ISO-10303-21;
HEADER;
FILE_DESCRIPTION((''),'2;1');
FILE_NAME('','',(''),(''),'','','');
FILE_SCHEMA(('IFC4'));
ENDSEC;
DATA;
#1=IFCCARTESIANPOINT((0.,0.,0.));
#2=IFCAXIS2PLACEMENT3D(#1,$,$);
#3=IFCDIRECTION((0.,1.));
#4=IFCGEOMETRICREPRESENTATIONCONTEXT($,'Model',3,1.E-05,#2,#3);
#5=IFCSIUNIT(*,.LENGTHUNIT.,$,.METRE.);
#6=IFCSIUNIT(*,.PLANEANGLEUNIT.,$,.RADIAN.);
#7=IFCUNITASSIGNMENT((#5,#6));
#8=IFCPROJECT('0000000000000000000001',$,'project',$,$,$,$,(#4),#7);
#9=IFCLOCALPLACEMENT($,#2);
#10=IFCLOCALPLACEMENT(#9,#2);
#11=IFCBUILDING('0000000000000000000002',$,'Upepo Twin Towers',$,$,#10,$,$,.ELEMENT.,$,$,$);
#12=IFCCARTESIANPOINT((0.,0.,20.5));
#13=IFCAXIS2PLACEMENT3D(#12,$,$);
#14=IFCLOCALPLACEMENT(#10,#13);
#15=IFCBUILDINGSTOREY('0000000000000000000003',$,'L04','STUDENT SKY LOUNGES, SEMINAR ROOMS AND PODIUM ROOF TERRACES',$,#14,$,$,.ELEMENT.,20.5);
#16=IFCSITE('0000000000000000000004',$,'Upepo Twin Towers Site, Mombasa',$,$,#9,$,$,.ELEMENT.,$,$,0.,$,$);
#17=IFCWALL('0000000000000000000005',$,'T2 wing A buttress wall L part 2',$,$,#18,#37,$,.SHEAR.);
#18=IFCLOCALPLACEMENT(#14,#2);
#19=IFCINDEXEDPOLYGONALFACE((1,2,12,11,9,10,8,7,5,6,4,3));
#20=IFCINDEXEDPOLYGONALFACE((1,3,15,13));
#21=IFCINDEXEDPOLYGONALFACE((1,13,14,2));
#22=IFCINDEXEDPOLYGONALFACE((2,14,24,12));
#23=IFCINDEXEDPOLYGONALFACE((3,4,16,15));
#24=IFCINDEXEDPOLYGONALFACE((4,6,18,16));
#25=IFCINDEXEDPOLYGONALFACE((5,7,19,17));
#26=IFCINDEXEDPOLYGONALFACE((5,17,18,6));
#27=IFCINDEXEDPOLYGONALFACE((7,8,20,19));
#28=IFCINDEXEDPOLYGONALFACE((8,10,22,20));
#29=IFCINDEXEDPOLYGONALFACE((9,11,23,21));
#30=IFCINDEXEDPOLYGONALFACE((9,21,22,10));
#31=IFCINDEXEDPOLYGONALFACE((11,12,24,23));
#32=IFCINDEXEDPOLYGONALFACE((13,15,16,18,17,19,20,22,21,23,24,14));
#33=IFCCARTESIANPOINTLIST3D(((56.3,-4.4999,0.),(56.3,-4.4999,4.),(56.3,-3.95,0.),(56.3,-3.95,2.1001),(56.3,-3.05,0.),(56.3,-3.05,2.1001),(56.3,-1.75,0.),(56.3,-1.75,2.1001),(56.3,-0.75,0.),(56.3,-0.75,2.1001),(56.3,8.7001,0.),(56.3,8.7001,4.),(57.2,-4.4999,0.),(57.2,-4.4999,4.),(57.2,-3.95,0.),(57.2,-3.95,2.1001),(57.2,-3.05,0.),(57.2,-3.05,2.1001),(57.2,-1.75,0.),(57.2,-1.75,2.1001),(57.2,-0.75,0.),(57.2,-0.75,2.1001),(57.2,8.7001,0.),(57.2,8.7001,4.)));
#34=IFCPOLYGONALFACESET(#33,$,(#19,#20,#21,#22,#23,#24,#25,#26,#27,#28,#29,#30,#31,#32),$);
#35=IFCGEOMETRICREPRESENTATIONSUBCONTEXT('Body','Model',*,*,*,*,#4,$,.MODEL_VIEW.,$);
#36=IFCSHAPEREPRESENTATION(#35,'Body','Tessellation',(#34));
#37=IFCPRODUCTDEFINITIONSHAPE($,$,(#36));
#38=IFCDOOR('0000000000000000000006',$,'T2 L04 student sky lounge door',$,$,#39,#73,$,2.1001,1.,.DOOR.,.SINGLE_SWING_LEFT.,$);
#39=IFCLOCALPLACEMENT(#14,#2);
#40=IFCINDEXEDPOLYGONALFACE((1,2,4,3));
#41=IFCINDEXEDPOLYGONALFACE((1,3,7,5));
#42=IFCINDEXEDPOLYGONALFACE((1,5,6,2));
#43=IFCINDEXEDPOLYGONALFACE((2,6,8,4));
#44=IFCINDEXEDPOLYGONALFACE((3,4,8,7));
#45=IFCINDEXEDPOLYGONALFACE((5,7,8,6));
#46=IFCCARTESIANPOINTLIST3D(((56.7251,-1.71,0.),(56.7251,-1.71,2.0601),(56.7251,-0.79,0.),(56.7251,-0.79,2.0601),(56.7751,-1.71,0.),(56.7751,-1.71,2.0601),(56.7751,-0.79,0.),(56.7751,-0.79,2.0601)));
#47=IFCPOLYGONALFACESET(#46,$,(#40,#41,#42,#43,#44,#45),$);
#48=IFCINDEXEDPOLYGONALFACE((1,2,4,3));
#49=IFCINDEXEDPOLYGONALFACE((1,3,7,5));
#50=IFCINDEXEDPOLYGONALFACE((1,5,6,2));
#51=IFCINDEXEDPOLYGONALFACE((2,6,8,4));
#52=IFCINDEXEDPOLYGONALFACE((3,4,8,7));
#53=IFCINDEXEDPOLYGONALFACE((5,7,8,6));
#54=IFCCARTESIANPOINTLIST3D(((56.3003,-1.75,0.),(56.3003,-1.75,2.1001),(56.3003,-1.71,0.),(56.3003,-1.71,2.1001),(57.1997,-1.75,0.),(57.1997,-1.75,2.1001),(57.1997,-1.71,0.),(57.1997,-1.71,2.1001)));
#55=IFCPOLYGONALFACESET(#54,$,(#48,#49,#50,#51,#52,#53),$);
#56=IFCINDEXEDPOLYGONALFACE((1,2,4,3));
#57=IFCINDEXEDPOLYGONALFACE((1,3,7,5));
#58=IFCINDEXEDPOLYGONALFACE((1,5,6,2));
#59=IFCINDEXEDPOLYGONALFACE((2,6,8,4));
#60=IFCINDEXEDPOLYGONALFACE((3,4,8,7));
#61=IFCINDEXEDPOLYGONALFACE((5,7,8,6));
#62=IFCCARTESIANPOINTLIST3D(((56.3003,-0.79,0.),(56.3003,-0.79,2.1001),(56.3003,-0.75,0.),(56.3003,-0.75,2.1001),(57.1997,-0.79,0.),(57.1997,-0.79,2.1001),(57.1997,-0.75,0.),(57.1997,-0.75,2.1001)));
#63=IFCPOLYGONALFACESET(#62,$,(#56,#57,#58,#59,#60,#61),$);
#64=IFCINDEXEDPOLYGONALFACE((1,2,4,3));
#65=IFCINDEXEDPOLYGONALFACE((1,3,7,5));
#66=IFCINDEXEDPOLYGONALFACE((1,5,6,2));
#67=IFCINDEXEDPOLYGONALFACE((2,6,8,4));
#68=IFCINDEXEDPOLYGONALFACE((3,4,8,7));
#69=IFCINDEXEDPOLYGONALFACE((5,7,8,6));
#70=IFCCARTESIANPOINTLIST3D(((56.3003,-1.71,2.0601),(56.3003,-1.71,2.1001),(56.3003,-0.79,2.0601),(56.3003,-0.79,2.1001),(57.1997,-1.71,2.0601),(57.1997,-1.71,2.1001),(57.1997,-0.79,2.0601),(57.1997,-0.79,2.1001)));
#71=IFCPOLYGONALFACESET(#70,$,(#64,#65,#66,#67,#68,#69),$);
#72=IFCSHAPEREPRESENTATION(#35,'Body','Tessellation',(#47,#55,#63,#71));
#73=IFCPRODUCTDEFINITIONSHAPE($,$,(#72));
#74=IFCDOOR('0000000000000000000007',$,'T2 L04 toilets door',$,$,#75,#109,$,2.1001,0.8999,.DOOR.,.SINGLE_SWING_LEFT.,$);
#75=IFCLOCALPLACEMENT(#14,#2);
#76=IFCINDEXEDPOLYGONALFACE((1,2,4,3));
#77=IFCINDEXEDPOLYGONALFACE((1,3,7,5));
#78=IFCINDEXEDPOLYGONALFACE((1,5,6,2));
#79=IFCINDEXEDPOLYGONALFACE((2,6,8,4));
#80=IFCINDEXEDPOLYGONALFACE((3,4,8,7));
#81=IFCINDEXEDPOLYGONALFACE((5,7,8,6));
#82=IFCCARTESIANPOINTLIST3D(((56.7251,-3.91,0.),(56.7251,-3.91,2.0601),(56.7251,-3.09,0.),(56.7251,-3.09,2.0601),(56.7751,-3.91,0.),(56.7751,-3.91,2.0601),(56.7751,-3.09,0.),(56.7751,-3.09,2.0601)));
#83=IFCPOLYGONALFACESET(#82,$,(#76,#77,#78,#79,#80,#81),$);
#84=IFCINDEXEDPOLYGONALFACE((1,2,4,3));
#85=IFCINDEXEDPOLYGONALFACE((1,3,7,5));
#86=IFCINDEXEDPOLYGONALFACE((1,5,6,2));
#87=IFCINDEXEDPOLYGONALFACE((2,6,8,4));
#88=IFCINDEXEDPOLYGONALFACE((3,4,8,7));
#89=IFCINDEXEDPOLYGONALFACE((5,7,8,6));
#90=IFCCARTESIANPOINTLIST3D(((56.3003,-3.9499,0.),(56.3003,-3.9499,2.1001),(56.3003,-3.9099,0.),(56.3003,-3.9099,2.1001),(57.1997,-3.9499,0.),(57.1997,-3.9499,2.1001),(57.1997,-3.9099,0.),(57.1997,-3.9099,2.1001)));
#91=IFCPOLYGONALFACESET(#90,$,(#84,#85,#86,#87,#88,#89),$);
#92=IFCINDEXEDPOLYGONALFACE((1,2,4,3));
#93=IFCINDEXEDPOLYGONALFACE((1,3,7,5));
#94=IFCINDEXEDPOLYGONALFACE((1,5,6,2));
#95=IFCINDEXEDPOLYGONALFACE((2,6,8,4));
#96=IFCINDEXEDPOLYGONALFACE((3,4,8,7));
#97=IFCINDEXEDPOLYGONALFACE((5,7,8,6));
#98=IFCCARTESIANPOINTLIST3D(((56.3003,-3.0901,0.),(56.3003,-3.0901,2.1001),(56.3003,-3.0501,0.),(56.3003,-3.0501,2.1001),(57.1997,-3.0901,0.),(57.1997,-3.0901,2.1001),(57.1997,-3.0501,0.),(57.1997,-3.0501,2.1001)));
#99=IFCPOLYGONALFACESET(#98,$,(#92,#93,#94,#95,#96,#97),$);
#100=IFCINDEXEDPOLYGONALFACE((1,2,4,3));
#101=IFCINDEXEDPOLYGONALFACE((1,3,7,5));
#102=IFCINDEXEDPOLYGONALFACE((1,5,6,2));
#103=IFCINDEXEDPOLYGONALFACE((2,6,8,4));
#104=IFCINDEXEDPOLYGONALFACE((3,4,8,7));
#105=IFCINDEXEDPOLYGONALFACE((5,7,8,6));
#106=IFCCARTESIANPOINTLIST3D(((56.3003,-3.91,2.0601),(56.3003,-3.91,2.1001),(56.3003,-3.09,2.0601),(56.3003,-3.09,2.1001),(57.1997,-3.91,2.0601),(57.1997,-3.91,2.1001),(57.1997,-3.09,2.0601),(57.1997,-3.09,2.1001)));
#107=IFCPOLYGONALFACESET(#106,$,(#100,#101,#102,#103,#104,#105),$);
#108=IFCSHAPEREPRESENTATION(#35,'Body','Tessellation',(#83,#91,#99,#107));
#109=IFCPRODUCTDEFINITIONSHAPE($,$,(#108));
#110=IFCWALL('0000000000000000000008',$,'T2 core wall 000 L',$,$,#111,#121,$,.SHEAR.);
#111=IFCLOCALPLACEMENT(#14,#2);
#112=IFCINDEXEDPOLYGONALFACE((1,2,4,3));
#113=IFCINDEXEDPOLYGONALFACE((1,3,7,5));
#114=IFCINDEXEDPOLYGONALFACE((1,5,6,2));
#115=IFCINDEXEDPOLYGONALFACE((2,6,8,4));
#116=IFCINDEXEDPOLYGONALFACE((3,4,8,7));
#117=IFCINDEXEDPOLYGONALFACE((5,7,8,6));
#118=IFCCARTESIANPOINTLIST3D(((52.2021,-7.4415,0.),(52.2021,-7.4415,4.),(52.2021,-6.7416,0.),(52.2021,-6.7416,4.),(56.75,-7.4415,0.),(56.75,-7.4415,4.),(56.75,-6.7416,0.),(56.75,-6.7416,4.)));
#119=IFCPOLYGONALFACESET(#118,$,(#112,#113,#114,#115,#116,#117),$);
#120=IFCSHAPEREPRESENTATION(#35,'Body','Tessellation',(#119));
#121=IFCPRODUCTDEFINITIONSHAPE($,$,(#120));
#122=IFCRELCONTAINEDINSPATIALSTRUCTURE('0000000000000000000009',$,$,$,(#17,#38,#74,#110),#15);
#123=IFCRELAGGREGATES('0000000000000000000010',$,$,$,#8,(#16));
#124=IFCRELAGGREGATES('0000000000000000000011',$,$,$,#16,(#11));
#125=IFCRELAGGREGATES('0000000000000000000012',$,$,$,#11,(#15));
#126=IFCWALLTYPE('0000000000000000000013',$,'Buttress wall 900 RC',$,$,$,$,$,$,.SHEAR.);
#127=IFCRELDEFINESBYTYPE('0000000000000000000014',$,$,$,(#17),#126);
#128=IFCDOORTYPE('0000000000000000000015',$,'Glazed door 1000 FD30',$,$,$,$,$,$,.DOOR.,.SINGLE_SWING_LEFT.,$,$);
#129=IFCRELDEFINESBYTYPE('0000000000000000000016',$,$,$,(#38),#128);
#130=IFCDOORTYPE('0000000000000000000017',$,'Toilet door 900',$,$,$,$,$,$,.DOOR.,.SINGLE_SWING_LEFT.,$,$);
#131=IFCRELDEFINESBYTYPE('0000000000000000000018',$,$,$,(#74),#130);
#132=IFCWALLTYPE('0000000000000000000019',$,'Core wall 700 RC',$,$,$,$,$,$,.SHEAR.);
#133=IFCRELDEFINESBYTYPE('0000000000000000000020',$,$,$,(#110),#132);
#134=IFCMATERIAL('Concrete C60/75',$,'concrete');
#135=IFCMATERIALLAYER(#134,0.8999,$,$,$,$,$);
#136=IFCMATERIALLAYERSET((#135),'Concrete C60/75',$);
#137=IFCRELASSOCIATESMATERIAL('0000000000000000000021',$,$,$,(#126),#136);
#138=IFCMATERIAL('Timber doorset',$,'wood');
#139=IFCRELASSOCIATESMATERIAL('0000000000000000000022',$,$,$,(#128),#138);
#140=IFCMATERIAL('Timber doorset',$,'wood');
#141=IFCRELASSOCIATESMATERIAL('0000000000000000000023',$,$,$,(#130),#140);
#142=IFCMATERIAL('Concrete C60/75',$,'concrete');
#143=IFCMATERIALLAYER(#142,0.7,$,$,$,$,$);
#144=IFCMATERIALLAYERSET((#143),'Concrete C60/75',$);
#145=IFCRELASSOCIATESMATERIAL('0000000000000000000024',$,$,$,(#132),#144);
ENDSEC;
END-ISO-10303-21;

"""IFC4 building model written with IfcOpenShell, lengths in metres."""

from ifc_helpers import new_model, si_unit, direction, frame, frame_2d, origin, place, context, subcontext, project, spatial, rectangle, extrude, material, layer, layer_set, type_object, element, fill, save


model = new_model("IFC4")

# Units and contexts
model_context = context("Model", 3, precision=1e-05, world=origin(), true_north=direction((0.0, 1.0)))
body_context = subcontext(model_context, "Body", "Model", "MODEL_VIEW")
ifc_project = project(units=[si_unit("LENGTHUNIT", "METRE"), si_unit("PLANEANGLEUNIT", "RADIAN")], contexts=[model_context])

# Site, building, storey
site_placement = place(None, origin())
site = spatial("IfcSite", under=ifc_project, at=site_placement, Name="Upepo Twin Towers Site, Mombasa", CompositionType="ELEMENT", RefElevation=0.0)
building_placement = place(site_placement, origin())
building = spatial("IfcBuilding", under=site, at=building_placement, Name="Upepo Twin Towers", CompositionType="ELEMENT")
storey_placement = place(building_placement, frame((0.0, 0.0, 20.5)))
storey = spatial("IfcBuildingStorey", under=building, at=storey_placement, Name="L04", Description="STUDENT SKY LOUNGES, SEMINAR ROOMS AND PODIUM ROOF TERRACES", CompositionType="ELEMENT", Elevation=20.5)

# Wall, openings, doors
ifc_material_1 = material(Name="Concrete C60/75", Category="concrete")
ifc_layer_1 = layer(ifc_material_1, 0.8999)
ifc_layer_set_1 = layer_set([ifc_layer_1], Name="Concrete C60/75")
wall_type_1 = type_object("IfcWallType", Name="Buttress wall 900 RC", PredefinedType="SHEAR", material=ifc_layer_set_1)
wall_1_placement = place(storey_placement, frame((56.75, -4.5, 0.0), z_axis=(0.0, 0.0, 1.0), x_axis=(0.0, 1.0, 0.0)))
wall_1 = element("IfcWall", 1, at=wall_1_placement, inside=storey, type_object=wall_type_1, Name="T2 wing A buttress wall L part 2", PredefinedType="SHEAR", context=body_context, shape_type="SweptSolid", body=[
    extrude(rectangle(XDim=13.2, YDim=0.8999, at=frame_2d((6.6001, 0.0))), origin(), (0.0, 0.0, 1.0), 4.0),
])
opening_1_placement = place(wall_1_placement, frame((0.55, 0.0, 0.0)))
opening_1 = element("IfcOpeningElement", 2, at=opening_1_placement, cuts=wall_1, PredefinedType="OPENING", context=body_context, shape_type="SweptSolid", body=[
    extrude(rectangle(XDim=0.8999, YDim=2.1001, at=frame_2d((0.45, 1.05))), frame((0.0, 0.46, 0.0), z_axis=(0.0, -1.0, 0.0), x_axis=(1.0, 0.0, 0.0)), (0.0, 0.0, 1.0), 0.9199),
])
opening_2_placement = place(wall_1_placement, frame((2.75, 0.0, 0.0)))
opening_2 = element("IfcOpeningElement", 3, at=opening_2_placement, cuts=wall_1, PredefinedType="OPENING", context=body_context, shape_type="SweptSolid", body=[
    extrude(rectangle(XDim=1.0, YDim=2.1001, at=frame_2d((0.5, 1.05))), frame((0.0, 0.46, 0.0), z_axis=(0.0, -1.0, 0.0), x_axis=(1.0, 0.0, 0.0)), (0.0, 0.0, 1.0), 0.9199),
])
ifc_material_2 = material(Name="Timber doorset", Category="wood")
door_type_1 = type_object("IfcDoorType", Name="Glazed door 1000 FD30", OperationType="SINGLE_SWING_LEFT", PredefinedType="DOOR", material=ifc_material_2)
door_1_placement = place(opening_2_placement, origin())
door_1 = element("IfcDoor", 4, at=door_1_placement, inside=storey, type_object=door_type_1, Name="T2 L04 student sky lounge door", OperationType="SINGLE_SWING_LEFT", OverallHeight=2.1001, OverallWidth=1.0, PredefinedType="DOOR", context=body_context, shape_type="SweptSolid", body=[
    extrude(rectangle(XDim=0.92, YDim=2.0601, at=frame_2d((0.5, 1.03))), frame((0.0, 0.0249, 0.0), z_axis=(0.0, -1.0, 0.0), x_axis=(1.0, 0.0, 0.0)), (0.0, 0.0, 1.0), 0.05),
    extrude(rectangle(XDim=0.04, YDim=2.1001, at=frame_2d((0.02, 1.05))), frame((0.0, 0.4497, 0.0), z_axis=(0.0, -1.0, 0.0), x_axis=(1.0, 0.0, 0.0)), (0.0, 0.0, 1.0), 0.8994),
    extrude(rectangle(XDim=0.04, YDim=2.1001, at=frame_2d((0.98, 1.05))), frame((0.0, 0.4497, 0.0), z_axis=(0.0, -1.0, 0.0), x_axis=(1.0, 0.0, 0.0)), (0.0, 0.0, 1.0), 0.8994),
    extrude(rectangle(XDim=0.92, YDim=0.04, at=frame_2d((0.5, 2.0801))), frame((0.0, 0.4497, 0.0), z_axis=(0.0, -1.0, 0.0), x_axis=(1.0, 0.0, 0.0)), (0.0, 0.0, 1.0), 0.8994),
])
fill(opening_2, door_1)
ifc_material_3 = material(Name="Timber doorset", Category="wood")
door_type_2 = type_object("IfcDoorType", Name="Toilet door 900", OperationType="SINGLE_SWING_LEFT", PredefinedType="DOOR", material=ifc_material_3)
door_2_placement = place(opening_1_placement, origin())
door_2 = element("IfcDoor", 5, at=door_2_placement, inside=storey, type_object=door_type_2, Name="T2 L04 toilets door", OperationType="SINGLE_SWING_LEFT", OverallHeight=2.1001, OverallWidth=0.8999, PredefinedType="DOOR", context=body_context, shape_type="SweptSolid", body=[
    extrude(rectangle(XDim=0.8199, YDim=2.0601, at=frame_2d((0.45, 1.03))), frame((0.0, 0.0249, 0.0), z_axis=(0.0, -1.0, 0.0), x_axis=(1.0, 0.0, 0.0)), (0.0, 0.0, 1.0), 0.05),
    extrude(rectangle(XDim=0.04, YDim=2.1001, at=frame_2d((0.02, 1.05))), frame((0.0, 0.4497, 0.0), z_axis=(0.0, -1.0, 0.0), x_axis=(1.0, 0.0, 0.0)), (0.0, 0.0, 1.0), 0.8994),
    extrude(rectangle(XDim=0.04, YDim=2.1001, at=frame_2d((0.8799, 1.05))), frame((0.0, 0.4497, 0.0), z_axis=(0.0, -1.0, 0.0), x_axis=(1.0, 0.0, 0.0)), (0.0, 0.0, 1.0), 0.8994),
    extrude(rectangle(XDim=0.8199, YDim=0.04, at=frame_2d((0.45, 2.0801))), frame((0.0, 0.4497, 0.0), z_axis=(0.0, -1.0, 0.0), x_axis=(1.0, 0.0, 0.0)), (0.0, 0.0, 1.0), 0.8994),
])
fill(opening_1, door_2)

# Wall
ifc_material_4 = material(Name="Concrete C60/75", Category="concrete")
ifc_layer_2 = layer(ifc_material_4, 0.7)
ifc_layer_set_2 = layer_set([ifc_layer_2], Name="Concrete C60/75")
wall_type_2 = type_object("IfcWallType", Name="Core wall 700 RC", PredefinedType="SHEAR", material=ifc_layer_set_2)
wall_2_placement = place(storey_placement, frame((56.75, -7.0916, 0.0), z_axis=(0.0, 0.0, 1.0), x_axis=(-1.0, 0.0, 0.0)))
element("IfcWall", 6, at=wall_2_placement, inside=storey, type_object=wall_type_2, Name="T2 core wall 000 L", PredefinedType="SHEAR", context=body_context, shape_type="SweptSolid", body=[
    extrude(rectangle(XDim=4.5479, YDim=0.7, at=frame_2d((2.2739, 0.0))), origin(), (0.0, 0.0, 1.0), 4.0),
])

save(model, "model.ifc")
